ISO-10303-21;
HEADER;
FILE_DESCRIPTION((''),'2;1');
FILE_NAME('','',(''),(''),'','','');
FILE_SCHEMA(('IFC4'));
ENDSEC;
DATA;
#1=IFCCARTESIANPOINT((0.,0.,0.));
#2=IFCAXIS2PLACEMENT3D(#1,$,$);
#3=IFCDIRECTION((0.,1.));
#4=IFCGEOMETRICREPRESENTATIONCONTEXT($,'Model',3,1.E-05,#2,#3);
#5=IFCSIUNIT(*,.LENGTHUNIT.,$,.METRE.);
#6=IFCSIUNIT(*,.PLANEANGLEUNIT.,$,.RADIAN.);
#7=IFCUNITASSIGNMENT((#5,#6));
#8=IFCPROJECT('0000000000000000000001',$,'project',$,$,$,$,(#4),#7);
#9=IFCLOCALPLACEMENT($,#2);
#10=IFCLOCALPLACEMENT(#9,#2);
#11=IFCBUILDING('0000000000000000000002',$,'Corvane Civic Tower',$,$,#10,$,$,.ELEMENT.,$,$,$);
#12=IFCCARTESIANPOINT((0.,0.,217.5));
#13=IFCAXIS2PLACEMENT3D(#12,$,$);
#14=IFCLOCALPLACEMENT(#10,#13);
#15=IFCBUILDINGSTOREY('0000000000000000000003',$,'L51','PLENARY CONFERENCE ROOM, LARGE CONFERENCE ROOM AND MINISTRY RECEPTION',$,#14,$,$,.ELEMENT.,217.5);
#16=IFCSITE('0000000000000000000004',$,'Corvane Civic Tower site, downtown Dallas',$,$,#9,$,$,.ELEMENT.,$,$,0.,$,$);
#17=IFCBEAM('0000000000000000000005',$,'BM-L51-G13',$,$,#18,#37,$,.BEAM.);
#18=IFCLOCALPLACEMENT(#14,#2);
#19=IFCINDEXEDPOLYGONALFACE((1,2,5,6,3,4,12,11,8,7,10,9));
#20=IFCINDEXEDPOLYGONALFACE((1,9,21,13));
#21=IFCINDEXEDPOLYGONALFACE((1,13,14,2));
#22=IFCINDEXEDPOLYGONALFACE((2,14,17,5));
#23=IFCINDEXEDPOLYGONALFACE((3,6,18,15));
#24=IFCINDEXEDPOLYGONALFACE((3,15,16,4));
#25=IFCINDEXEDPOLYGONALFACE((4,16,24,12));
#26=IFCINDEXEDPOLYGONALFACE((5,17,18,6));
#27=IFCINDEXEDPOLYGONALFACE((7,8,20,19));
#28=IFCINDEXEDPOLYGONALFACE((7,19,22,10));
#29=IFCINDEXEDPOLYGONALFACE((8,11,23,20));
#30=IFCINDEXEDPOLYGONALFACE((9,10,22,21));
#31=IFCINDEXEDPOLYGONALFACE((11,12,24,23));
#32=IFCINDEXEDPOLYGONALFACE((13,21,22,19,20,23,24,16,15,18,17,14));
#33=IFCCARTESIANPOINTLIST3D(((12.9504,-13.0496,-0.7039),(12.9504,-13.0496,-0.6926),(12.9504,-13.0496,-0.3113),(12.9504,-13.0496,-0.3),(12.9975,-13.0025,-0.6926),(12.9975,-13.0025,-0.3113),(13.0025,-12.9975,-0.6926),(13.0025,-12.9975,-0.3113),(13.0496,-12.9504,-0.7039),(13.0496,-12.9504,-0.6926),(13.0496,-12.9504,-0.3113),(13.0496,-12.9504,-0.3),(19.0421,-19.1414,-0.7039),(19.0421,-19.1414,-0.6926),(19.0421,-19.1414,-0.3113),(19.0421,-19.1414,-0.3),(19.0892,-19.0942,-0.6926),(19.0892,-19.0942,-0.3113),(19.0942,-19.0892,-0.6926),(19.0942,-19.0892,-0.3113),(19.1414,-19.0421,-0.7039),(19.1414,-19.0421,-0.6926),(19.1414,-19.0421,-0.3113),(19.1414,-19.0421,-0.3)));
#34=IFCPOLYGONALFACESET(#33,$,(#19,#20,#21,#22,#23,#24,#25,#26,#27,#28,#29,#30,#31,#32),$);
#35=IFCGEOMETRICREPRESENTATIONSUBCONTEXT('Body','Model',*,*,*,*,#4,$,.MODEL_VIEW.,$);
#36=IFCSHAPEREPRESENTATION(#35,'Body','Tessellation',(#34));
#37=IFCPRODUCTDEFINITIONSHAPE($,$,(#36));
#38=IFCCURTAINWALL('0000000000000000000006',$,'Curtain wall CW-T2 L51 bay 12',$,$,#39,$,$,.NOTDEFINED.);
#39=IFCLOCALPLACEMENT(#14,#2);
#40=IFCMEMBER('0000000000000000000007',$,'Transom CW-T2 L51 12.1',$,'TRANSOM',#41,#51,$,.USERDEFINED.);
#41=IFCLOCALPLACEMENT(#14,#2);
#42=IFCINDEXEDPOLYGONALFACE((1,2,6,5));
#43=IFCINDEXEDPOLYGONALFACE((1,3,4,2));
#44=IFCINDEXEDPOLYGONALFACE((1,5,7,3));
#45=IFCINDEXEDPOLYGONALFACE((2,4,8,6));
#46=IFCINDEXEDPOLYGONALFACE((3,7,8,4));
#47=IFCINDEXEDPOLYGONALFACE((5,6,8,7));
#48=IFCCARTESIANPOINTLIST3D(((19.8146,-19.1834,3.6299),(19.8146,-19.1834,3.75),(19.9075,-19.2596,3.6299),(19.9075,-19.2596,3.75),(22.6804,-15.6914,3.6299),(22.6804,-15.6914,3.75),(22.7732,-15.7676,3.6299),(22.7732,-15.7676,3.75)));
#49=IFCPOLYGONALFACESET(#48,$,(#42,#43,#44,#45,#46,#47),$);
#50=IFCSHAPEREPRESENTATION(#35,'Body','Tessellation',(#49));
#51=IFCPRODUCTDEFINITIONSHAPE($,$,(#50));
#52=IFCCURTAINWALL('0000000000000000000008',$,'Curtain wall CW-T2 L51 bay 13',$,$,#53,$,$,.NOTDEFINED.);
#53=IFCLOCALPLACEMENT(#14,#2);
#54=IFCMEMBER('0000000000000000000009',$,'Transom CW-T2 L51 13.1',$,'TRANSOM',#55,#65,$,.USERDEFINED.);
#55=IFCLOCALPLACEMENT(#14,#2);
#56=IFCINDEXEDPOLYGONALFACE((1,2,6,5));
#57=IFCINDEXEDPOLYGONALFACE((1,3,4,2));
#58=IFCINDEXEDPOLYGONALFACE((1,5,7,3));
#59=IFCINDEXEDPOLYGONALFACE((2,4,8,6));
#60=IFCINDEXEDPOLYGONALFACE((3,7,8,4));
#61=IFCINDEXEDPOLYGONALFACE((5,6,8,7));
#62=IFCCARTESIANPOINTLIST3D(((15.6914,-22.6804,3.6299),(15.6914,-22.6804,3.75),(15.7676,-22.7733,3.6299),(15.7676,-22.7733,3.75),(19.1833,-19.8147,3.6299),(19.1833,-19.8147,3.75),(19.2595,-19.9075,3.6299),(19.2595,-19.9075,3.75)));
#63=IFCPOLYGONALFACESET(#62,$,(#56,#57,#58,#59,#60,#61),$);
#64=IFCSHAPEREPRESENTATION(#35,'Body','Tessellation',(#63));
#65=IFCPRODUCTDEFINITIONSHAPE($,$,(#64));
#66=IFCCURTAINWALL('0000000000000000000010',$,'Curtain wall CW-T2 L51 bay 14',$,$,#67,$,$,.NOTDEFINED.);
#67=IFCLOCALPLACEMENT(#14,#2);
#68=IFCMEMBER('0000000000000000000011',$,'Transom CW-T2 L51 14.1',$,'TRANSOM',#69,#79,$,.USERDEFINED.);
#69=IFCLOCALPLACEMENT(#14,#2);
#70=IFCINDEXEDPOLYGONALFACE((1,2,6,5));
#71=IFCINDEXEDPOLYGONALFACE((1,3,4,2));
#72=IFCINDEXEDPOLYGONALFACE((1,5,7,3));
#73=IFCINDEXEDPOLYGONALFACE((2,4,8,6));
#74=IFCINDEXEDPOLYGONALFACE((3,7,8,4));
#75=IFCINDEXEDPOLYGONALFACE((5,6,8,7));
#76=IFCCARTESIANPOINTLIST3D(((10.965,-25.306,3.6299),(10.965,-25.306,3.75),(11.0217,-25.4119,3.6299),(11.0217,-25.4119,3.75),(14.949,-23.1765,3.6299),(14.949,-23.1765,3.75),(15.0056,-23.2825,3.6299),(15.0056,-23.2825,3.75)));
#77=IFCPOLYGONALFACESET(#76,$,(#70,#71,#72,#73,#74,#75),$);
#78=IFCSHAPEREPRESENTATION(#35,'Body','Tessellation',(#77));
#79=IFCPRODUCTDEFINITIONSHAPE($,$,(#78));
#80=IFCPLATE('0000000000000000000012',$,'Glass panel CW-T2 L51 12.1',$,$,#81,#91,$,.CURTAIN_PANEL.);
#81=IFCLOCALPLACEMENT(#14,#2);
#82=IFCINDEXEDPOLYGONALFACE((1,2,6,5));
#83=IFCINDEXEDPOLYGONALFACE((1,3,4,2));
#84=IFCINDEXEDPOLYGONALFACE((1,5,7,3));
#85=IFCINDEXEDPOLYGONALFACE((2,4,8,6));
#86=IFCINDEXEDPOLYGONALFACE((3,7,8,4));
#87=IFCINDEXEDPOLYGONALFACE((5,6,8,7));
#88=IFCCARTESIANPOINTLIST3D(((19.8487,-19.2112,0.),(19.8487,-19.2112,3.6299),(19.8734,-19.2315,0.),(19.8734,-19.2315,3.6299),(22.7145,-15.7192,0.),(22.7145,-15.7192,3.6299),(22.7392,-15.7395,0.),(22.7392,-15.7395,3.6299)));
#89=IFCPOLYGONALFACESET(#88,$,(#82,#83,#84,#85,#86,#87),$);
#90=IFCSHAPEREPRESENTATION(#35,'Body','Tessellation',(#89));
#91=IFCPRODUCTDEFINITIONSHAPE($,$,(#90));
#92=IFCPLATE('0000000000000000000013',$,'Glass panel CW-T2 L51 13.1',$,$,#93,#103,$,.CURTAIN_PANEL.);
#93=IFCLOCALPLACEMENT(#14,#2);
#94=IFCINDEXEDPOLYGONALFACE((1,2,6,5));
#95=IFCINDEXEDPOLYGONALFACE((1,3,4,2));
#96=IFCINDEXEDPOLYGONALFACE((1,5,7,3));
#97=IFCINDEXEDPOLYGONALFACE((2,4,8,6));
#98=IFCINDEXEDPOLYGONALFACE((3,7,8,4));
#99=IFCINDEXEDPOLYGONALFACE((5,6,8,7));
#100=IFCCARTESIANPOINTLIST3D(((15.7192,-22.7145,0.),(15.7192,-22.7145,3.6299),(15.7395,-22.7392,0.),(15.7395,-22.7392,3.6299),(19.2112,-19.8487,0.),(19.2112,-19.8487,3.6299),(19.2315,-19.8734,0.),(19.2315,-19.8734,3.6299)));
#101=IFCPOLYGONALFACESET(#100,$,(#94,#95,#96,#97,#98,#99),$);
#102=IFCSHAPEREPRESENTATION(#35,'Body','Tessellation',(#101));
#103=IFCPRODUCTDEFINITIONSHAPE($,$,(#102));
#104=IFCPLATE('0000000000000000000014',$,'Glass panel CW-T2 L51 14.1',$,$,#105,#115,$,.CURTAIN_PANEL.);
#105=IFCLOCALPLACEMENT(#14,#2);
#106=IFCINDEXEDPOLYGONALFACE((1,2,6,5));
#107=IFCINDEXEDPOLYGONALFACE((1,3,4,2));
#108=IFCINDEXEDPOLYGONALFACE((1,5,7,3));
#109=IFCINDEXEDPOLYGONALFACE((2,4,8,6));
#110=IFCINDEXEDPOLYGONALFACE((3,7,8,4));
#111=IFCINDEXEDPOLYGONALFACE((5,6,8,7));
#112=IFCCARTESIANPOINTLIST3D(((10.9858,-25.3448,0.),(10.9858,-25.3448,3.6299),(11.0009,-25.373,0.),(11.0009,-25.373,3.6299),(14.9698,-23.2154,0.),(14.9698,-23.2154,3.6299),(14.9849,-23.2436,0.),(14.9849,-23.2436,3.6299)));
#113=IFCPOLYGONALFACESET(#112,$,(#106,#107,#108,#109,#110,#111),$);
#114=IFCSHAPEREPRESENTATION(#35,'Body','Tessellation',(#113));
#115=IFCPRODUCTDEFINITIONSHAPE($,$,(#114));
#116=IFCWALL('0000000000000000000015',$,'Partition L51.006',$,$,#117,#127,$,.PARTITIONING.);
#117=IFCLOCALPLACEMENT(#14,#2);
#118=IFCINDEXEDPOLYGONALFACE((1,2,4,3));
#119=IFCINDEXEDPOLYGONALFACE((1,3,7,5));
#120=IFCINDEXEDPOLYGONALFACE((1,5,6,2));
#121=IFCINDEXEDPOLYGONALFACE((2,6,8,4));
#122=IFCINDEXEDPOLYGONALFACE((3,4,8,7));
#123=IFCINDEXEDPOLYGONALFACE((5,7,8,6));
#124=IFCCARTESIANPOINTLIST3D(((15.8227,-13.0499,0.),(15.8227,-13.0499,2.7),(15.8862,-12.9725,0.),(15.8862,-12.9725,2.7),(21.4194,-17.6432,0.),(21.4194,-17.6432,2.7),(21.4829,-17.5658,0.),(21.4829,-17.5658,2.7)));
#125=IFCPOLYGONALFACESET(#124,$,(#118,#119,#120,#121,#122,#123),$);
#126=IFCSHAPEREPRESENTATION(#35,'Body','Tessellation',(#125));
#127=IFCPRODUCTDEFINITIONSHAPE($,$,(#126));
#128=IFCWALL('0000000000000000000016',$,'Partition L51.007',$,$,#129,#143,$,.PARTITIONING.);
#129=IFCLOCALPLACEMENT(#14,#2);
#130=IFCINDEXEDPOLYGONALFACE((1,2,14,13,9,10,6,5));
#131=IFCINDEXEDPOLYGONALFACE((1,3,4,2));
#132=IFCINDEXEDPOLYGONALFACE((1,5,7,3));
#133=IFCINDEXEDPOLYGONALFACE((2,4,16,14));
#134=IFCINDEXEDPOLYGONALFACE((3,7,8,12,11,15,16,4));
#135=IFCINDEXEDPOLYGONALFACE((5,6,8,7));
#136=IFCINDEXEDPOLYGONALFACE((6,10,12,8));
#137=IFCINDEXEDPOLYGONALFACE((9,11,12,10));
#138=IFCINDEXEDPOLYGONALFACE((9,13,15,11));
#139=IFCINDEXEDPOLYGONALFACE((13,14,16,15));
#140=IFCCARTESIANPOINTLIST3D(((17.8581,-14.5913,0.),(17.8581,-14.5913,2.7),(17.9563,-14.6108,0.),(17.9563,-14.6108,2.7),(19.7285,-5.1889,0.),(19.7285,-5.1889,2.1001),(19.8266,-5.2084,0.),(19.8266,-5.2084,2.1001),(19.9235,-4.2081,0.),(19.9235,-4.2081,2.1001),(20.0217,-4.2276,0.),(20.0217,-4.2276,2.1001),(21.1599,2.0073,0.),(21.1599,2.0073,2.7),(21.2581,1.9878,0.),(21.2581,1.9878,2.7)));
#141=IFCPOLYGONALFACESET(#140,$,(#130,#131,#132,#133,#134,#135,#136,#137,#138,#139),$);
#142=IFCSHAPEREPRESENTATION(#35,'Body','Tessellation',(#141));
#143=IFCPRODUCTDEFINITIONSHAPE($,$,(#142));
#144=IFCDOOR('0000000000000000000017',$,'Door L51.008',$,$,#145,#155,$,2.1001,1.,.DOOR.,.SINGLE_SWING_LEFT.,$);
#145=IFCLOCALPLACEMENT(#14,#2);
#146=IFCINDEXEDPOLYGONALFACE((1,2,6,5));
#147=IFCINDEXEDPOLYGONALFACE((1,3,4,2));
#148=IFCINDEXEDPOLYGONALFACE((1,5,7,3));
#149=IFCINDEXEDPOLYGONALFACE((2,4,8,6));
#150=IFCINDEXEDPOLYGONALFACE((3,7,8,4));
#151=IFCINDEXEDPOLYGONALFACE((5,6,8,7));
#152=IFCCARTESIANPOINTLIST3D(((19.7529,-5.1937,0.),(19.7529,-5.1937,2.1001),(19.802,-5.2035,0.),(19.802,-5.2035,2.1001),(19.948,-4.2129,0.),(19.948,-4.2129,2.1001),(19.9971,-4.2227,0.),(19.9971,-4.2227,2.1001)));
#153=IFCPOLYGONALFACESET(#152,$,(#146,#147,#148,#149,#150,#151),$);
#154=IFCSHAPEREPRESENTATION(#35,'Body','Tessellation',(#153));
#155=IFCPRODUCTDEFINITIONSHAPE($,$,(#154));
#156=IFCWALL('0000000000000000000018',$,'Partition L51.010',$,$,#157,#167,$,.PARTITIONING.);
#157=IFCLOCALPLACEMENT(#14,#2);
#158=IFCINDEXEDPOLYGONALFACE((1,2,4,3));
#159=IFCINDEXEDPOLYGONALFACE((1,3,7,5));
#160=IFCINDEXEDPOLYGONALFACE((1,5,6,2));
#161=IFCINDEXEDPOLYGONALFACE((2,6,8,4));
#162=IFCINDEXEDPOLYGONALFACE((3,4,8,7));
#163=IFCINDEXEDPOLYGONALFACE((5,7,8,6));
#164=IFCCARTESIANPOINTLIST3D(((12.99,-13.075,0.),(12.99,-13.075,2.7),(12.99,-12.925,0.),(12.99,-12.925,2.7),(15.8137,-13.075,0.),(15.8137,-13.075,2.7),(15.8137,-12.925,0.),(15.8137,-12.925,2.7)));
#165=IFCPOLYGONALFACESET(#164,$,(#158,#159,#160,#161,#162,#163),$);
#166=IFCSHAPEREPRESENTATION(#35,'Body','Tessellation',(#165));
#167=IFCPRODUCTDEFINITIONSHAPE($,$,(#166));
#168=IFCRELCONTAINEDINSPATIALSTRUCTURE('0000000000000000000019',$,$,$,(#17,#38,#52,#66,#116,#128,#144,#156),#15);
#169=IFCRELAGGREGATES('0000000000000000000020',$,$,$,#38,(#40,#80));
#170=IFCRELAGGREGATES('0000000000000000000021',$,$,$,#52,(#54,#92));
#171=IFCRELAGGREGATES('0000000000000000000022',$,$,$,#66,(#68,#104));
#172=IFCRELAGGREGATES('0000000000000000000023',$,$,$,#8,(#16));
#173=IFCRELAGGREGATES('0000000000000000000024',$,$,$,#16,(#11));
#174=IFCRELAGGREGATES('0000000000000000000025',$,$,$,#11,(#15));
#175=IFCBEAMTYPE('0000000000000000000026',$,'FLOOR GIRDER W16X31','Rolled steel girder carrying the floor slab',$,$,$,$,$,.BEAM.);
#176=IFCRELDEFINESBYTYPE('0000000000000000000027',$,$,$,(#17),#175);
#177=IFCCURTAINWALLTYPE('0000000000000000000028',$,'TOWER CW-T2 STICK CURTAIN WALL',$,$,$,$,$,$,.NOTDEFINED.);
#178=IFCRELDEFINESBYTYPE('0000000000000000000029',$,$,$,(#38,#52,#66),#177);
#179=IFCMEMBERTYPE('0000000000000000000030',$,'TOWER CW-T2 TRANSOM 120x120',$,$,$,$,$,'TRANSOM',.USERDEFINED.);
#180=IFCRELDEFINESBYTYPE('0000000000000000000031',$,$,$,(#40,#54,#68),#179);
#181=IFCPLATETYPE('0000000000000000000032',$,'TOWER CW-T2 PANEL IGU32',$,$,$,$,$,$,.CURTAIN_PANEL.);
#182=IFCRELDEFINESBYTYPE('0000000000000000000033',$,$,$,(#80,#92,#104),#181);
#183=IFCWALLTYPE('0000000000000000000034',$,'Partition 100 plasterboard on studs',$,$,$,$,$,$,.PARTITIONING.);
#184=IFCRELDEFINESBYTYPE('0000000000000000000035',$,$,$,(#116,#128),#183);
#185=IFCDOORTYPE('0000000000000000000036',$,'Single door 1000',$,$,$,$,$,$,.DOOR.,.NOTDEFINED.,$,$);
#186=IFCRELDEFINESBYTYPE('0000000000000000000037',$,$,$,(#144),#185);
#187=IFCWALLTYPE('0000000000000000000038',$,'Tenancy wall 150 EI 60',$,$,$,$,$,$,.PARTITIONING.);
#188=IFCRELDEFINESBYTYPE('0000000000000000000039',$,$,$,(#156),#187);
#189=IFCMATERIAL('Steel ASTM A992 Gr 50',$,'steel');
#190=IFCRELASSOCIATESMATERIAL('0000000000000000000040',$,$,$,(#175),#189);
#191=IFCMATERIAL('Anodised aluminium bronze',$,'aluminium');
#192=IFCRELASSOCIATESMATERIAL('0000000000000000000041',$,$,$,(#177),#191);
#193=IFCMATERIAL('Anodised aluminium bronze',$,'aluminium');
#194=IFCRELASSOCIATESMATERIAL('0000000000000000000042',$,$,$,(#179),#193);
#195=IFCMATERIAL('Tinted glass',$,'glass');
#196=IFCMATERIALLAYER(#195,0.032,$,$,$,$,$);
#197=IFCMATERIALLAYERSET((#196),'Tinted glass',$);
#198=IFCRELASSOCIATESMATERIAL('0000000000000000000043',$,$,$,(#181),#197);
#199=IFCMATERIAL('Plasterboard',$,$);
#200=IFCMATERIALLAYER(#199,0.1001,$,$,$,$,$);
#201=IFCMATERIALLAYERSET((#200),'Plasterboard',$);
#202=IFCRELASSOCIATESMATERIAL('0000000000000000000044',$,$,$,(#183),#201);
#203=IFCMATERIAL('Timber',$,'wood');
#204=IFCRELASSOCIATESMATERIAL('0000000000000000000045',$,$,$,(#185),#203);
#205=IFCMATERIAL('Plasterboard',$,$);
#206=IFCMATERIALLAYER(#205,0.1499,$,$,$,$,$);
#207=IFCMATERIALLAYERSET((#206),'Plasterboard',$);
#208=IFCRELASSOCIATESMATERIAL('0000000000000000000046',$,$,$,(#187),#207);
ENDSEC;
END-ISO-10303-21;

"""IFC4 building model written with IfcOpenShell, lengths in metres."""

from ifc_helpers import new_model, si_unit, direction, frame, frame_2d, origin, origin_2d, place, context, subcontext, project, spatial, rectangle, i_section, extrude, material, layer, layer_set, material_profile, profile_set, type_object, element, fill, aggregate, save


model = new_model("IFC4")

# Units and contexts
model_context = context("Model", 3, precision=1e-05, world=origin(), true_north=direction((0.0, 1.0)))
body_context = subcontext(model_context, "Body", "Model", "MODEL_VIEW")
ifc_project = project(units=[si_unit("LENGTHUNIT", "METRE"), si_unit("PLANEANGLEUNIT", "RADIAN")], contexts=[model_context])

# Site, building, storey
site_placement = place(None, origin())
site = spatial("IfcSite", under=ifc_project, at=site_placement, Name="Corvane Civic Tower site, downtown Dallas", CompositionType="ELEMENT", RefElevation=0.0)
building_placement = place(site_placement, origin())
building = spatial("IfcBuilding", under=site, at=building_placement, Name="Corvane Civic Tower", CompositionType="ELEMENT")
storey_placement = place(building_placement, frame((0.0, 0.0, 217.5)))
storey = spatial("IfcBuildingStorey", under=building, at=storey_placement, Name="L51", Description="PLENARY CONFERENCE ROOM, LARGE CONFERENCE ROOM AND MINISTRY RECEPTION", CompositionType="ELEMENT", Elevation=217.5)

# Beam
ifc_material_1 = material(Name="Steel ASTM A992 Gr 50", Category="steel")
ifc_material_profile_1 = material_profile(ifc_material_1, i_section(OverallWidth=0.1404, OverallDepth=0.4038, WebThickness=0.0071, FlangeThickness=0.0112, at=origin_2d()), Name="W16X31")
ifc_profile_set_1 = profile_set([ifc_material_profile_1], Name="Steel ASTM A992 Gr 50")
beam_type_1 = type_object("IfcBeamType", Name="FLOOR GIRDER W16X31", Description="Rolled steel girder carrying the floor slab", PredefinedType="BEAM", material=ifc_profile_set_1)
beam_placement = place(storey_placement, frame((13.0, -13.0, -0.502), z_axis=(0.707107, -0.707107, 0.0), x_axis=(0.707107, 0.707107, 0.0)))
element("IfcBeam", 1, at=beam_placement, inside=storey, type_object=beam_type_1, Name="BM-L51-G13", PredefinedType="BEAM", context=body_context, shape_type="SweptSolid", body=[
    extrude(i_section(OverallWidth=0.1404, OverallDepth=0.4038, WebThickness=0.0071, FlangeThickness=0.0112, at=origin_2d()), origin(), (0.0, 0.0, 1.0), 8.615),
])

# Curtain walls, members
ifc_material_2 = material(Name="Anodised aluminium bronze", Category="aluminium")
curtain_wall_type = type_object("IfcCurtainWallType", Name="TOWER CW-T2 STICK CURTAIN WALL", PredefinedType="NOTDEFINED", material=ifc_material_2)
curtain_wall_1_placement = place(storey_placement, origin())
curtain_wall_1 = element("IfcCurtainWall", 2, at=curtain_wall_1_placement, inside=storey, type_object=curtain_wall_type, Name="Curtain wall CW-T2 L51 bay 12", PredefinedType="NOTDEFINED")
ifc_material_3 = material(Name="Anodised aluminium bronze", Category="aluminium")
ifc_material_profile_2 = material_profile(ifc_material_3, rectangle(XDim=0.1201, YDim=0.1201, at=origin_2d()), Name="TOWER CW-T2 TRANSOM 120x120")
ifc_profile_set_2 = profile_set([ifc_material_profile_2], Name="Anodised aluminium bronze")
member_type = type_object("IfcMemberType", Name="TOWER CW-T2 TRANSOM 120x120", ElementType="TRANSOM", PredefinedType="USERDEFINED", material=ifc_profile_set_2)
member_1_placement = place(storey_placement, frame((22.7268, -15.7295, 3.6899), z_axis=(-0.634388, -0.773015, 0.0), x_axis=(0.773015, -0.634388, 0.0)))
member_1 = element("IfcMember", 3, at=member_1_placement, type_object=member_type, Name="Transom CW-T2 L51 12.1", ObjectType="TRANSOM", PredefinedType="USERDEFINED", context=body_context, shape_type="SweptSolid", body=[
    extrude(rectangle(XDim=0.1201, YDim=0.1201, at=origin_2d()), origin(), (0.0, 0.0, 1.0), 4.5173),
])
curtain_wall_2_placement = place(storey_placement, origin())
curtain_wall_2 = element("IfcCurtainWall", 4, at=curtain_wall_2_placement, inside=storey, type_object=curtain_wall_type, Name="Curtain wall CW-T2 L51 bay 13", PredefinedType="NOTDEFINED")
member_2_placement = place(storey_placement, frame((19.2214, -19.8611, 3.6899), z_axis=(-0.773015, -0.634388, 0.0), x_axis=(0.634388, -0.773015, 0.0)))
member_2 = element("IfcMember", 5, at=member_2_placement, type_object=member_type, Name="Transom CW-T2 L51 13.1", ObjectType="TRANSOM", PredefinedType="USERDEFINED", context=body_context, shape_type="SweptSolid", body=[
    extrude(rectangle(XDim=0.1201, YDim=0.1201, at=origin_2d()), origin(), (0.0, 0.0, 1.0), 4.5173),
])
curtain_wall_3_placement = place(storey_placement, origin())
curtain_wall_3 = element("IfcCurtainWall", 6, at=curtain_wall_3_placement, inside=storey, type_object=curtain_wall_type, Name="Curtain wall CW-T2 L51 bay 14", PredefinedType="NOTDEFINED")
member_3_placement = place(storey_placement, frame((14.9773, -23.2295, 3.6899), z_axis=(-0.881925, -0.47139, 0.0), x_axis=(0.47139, -0.881925, 0.0)))
member_3 = element("IfcMember", 7, at=member_3_placement, type_object=member_type, Name="Transom CW-T2 L51 14.1", ObjectType="TRANSOM", PredefinedType="USERDEFINED", context=body_context, shape_type="SweptSolid", body=[
    extrude(rectangle(XDim=0.1201, YDim=0.1201, at=origin_2d()), origin(), (0.0, 0.0, 1.0), 4.5173),
])

# Plates
ifc_material_4 = material(Name="Tinted glass", Category="glass")
ifc_layer_1 = layer(ifc_material_4, 0.032)
ifc_layer_set_1 = layer_set([ifc_layer_1], Name="Tinted glass")
plate_type = type_object("IfcPlateType", Name="TOWER CW-T2 PANEL IGU32", PredefinedType="CURTAIN_PANEL", material=ifc_layer_set_1)
plate_1_placement = place(storey_placement, frame((21.2939, -17.4753, 0.0), z_axis=(0.0, 0.0, 1.0), x_axis=(-0.634391, -0.773012, 0.0)))
plate_1 = element("IfcPlate", 8, at=plate_1_placement, type_object=plate_type, Name="Glass panel CW-T2 L51 12.1", PredefinedType="CURTAIN_PANEL", context=body_context, shape_type="SweptSolid", body=[
    extrude(rectangle(XDim=4.5173, YDim=0.032, at=origin_2d()), origin(), (0.0, 0.0, 1.0), 3.6299),
])
aggregate(curtain_wall_1, [member_1, plate_1])
plate_2_placement = place(storey_placement, frame((17.4753, -21.2939, 0.0), z_axis=(0.0, 0.0, 1.0), x_axis=(-0.773012, -0.634391, 0.0)))
plate_2 = element("IfcPlate", 9, at=plate_2_placement, type_object=plate_type, Name="Glass panel CW-T2 L51 13.1", PredefinedType="CURTAIN_PANEL", context=body_context, shape_type="SweptSolid", body=[
    extrude(rectangle(XDim=4.5173, YDim=0.032, at=origin_2d()), origin(), (0.0, 0.0, 1.0), 3.6299),
])
aggregate(curtain_wall_2, [member_2, plate_2])
plate_3_placement = place(storey_placement, frame((12.9854, -24.2942, 0.0), z_axis=(0.0, 0.0, 1.0), x_axis=(-0.88192, -0.471398, 0.0)))
plate_3 = element("IfcPlate", 10, at=plate_3_placement, type_object=plate_type, Name="Glass panel CW-T2 L51 14.1", PredefinedType="CURTAIN_PANEL", context=body_context, shape_type="SweptSolid", body=[
    extrude(rectangle(XDim=4.5173, YDim=0.032, at=origin_2d()), origin(), (0.0, 0.0, 1.0), 3.6299),
])
aggregate(curtain_wall_3, [member_3, plate_3])

# Wall
ifc_material_5 = material(Name="Plasterboard")
ifc_layer_2 = layer(ifc_material_5, 0.1001)
ifc_layer_set_2 = layer_set([ifc_layer_2], Name="Plasterboard")
wall_type_1 = type_object("IfcWallType", Name="Partition 100 plasterboard on studs", PredefinedType="PARTITIONING", material=ifc_layer_set_2)
wall_1_placement = place(storey_placement, frame((15.8545, -13.0112, 0.0), z_axis=(0.0, 0.0, 1.0), x_axis=(0.772998, -0.634409, 0.0)))
element("IfcWall", 11, at=wall_1_placement, inside=storey, type_object=wall_type_1, Name="Partition L51.006", PredefinedType="PARTITIONING", context=body_context, shape_type="SweptSolid", body=[
    extrude(rectangle(XDim=7.2402, YDim=0.1001, at=frame_2d((3.6201, 0.0))), origin(), (0.0, 0.0, 1.0), 2.7),
])

# Wall, opening, door
wall_2_placement = place(storey_placement, frame((17.9072, -14.6011, 0.0), z_axis=(0.0, 0.0, 1.0), x_axis=(0.195095, 0.980784, 0.0)))
wall_2 = element("IfcWall", 12, at=wall_2_placement, inside=storey, type_object=wall_type_1, Name="Partition L51.007", PredefinedType="PARTITIONING", context=body_context, shape_type="SweptSolid", body=[
    extrude(rectangle(XDim=16.9238, YDim=0.1001, at=frame_2d((8.4619, 0.0))), origin(), (0.0, 0.0, 1.0), 2.7),
])
opening_1_placement = place(wall_2_placement, frame((9.5867, 0.0, 0.0)))
opening_1 = element("IfcOpeningElement", 13, at=opening_1_placement, cuts=wall_2, PredefinedType="OPENING", context=body_context, shape_type="SweptSolid", body=[
    extrude(rectangle(XDim=1.0, YDim=2.1001, at=frame_2d((0.5, 1.05))), frame((0.0, 0.0601, 0.0), z_axis=(0.0, -1.0, 0.0), x_axis=(1.0, 0.0, 0.0)), (0.0, 0.0, 1.0), 0.1201),
])
ifc_material_6 = material(Name="Timber", Category="wood")
door_type_1 = type_object("IfcDoorType", Name="Single door 1000", OperationType="NOTDEFINED", PredefinedType="DOOR", material=ifc_material_6)
door_1_placement = place(opening_1_placement, frame((1.0, 0.0, 0.0), z_axis=(0.0, 0.0, 1.0), x_axis=(-1.0, 0.0, 0.0)))
door_1 = element("IfcDoor", 14, at=door_1_placement, inside=storey, type_object=door_type_1, Name="Door L51.008", OperationType="SINGLE_SWING_LEFT", OverallHeight=2.1001, OverallWidth=1.0, PredefinedType="DOOR", context=body_context, shape_type="SweptSolid", body=[
    extrude(rectangle(XDim=1.0, YDim=2.1001, at=frame_2d((0.5, 1.05))), frame((0.0, 0.0249, 0.0), z_axis=(0.0, -1.0, 0.0), x_axis=(1.0, 0.0, 0.0)), (0.0, 0.0, 1.0), 0.05),
])
fill(opening_1, door_1)

# Wall
ifc_material_7 = material(Name="Plasterboard")
ifc_layer_3 = layer(ifc_material_7, 0.1499)
ifc_layer_set_3 = layer_set([ifc_layer_3], Name="Plasterboard")
wall_type_2 = type_object("IfcWallType", Name="Tenancy wall 150 EI 60", PredefinedType="PARTITIONING", material=ifc_layer_set_3)
wall_3_placement = place(storey_placement, frame((12.99, -13.0, 0.0), z_axis=(0.0, 0.0, 1.0), x_axis=(1.0, 0.0, 0.0)))
element("IfcWall", 15, at=wall_3_placement, inside=storey, type_object=wall_type_2, Name="Partition L51.010", PredefinedType="PARTITIONING", context=body_context, shape_type="SweptSolid", body=[
    extrude(rectangle(XDim=2.8237, YDim=0.1499, at=frame_2d((1.4119, 0.0))), origin(), (0.0, 0.0, 1.0), 2.7),
])

save(model, "model.ifc")
